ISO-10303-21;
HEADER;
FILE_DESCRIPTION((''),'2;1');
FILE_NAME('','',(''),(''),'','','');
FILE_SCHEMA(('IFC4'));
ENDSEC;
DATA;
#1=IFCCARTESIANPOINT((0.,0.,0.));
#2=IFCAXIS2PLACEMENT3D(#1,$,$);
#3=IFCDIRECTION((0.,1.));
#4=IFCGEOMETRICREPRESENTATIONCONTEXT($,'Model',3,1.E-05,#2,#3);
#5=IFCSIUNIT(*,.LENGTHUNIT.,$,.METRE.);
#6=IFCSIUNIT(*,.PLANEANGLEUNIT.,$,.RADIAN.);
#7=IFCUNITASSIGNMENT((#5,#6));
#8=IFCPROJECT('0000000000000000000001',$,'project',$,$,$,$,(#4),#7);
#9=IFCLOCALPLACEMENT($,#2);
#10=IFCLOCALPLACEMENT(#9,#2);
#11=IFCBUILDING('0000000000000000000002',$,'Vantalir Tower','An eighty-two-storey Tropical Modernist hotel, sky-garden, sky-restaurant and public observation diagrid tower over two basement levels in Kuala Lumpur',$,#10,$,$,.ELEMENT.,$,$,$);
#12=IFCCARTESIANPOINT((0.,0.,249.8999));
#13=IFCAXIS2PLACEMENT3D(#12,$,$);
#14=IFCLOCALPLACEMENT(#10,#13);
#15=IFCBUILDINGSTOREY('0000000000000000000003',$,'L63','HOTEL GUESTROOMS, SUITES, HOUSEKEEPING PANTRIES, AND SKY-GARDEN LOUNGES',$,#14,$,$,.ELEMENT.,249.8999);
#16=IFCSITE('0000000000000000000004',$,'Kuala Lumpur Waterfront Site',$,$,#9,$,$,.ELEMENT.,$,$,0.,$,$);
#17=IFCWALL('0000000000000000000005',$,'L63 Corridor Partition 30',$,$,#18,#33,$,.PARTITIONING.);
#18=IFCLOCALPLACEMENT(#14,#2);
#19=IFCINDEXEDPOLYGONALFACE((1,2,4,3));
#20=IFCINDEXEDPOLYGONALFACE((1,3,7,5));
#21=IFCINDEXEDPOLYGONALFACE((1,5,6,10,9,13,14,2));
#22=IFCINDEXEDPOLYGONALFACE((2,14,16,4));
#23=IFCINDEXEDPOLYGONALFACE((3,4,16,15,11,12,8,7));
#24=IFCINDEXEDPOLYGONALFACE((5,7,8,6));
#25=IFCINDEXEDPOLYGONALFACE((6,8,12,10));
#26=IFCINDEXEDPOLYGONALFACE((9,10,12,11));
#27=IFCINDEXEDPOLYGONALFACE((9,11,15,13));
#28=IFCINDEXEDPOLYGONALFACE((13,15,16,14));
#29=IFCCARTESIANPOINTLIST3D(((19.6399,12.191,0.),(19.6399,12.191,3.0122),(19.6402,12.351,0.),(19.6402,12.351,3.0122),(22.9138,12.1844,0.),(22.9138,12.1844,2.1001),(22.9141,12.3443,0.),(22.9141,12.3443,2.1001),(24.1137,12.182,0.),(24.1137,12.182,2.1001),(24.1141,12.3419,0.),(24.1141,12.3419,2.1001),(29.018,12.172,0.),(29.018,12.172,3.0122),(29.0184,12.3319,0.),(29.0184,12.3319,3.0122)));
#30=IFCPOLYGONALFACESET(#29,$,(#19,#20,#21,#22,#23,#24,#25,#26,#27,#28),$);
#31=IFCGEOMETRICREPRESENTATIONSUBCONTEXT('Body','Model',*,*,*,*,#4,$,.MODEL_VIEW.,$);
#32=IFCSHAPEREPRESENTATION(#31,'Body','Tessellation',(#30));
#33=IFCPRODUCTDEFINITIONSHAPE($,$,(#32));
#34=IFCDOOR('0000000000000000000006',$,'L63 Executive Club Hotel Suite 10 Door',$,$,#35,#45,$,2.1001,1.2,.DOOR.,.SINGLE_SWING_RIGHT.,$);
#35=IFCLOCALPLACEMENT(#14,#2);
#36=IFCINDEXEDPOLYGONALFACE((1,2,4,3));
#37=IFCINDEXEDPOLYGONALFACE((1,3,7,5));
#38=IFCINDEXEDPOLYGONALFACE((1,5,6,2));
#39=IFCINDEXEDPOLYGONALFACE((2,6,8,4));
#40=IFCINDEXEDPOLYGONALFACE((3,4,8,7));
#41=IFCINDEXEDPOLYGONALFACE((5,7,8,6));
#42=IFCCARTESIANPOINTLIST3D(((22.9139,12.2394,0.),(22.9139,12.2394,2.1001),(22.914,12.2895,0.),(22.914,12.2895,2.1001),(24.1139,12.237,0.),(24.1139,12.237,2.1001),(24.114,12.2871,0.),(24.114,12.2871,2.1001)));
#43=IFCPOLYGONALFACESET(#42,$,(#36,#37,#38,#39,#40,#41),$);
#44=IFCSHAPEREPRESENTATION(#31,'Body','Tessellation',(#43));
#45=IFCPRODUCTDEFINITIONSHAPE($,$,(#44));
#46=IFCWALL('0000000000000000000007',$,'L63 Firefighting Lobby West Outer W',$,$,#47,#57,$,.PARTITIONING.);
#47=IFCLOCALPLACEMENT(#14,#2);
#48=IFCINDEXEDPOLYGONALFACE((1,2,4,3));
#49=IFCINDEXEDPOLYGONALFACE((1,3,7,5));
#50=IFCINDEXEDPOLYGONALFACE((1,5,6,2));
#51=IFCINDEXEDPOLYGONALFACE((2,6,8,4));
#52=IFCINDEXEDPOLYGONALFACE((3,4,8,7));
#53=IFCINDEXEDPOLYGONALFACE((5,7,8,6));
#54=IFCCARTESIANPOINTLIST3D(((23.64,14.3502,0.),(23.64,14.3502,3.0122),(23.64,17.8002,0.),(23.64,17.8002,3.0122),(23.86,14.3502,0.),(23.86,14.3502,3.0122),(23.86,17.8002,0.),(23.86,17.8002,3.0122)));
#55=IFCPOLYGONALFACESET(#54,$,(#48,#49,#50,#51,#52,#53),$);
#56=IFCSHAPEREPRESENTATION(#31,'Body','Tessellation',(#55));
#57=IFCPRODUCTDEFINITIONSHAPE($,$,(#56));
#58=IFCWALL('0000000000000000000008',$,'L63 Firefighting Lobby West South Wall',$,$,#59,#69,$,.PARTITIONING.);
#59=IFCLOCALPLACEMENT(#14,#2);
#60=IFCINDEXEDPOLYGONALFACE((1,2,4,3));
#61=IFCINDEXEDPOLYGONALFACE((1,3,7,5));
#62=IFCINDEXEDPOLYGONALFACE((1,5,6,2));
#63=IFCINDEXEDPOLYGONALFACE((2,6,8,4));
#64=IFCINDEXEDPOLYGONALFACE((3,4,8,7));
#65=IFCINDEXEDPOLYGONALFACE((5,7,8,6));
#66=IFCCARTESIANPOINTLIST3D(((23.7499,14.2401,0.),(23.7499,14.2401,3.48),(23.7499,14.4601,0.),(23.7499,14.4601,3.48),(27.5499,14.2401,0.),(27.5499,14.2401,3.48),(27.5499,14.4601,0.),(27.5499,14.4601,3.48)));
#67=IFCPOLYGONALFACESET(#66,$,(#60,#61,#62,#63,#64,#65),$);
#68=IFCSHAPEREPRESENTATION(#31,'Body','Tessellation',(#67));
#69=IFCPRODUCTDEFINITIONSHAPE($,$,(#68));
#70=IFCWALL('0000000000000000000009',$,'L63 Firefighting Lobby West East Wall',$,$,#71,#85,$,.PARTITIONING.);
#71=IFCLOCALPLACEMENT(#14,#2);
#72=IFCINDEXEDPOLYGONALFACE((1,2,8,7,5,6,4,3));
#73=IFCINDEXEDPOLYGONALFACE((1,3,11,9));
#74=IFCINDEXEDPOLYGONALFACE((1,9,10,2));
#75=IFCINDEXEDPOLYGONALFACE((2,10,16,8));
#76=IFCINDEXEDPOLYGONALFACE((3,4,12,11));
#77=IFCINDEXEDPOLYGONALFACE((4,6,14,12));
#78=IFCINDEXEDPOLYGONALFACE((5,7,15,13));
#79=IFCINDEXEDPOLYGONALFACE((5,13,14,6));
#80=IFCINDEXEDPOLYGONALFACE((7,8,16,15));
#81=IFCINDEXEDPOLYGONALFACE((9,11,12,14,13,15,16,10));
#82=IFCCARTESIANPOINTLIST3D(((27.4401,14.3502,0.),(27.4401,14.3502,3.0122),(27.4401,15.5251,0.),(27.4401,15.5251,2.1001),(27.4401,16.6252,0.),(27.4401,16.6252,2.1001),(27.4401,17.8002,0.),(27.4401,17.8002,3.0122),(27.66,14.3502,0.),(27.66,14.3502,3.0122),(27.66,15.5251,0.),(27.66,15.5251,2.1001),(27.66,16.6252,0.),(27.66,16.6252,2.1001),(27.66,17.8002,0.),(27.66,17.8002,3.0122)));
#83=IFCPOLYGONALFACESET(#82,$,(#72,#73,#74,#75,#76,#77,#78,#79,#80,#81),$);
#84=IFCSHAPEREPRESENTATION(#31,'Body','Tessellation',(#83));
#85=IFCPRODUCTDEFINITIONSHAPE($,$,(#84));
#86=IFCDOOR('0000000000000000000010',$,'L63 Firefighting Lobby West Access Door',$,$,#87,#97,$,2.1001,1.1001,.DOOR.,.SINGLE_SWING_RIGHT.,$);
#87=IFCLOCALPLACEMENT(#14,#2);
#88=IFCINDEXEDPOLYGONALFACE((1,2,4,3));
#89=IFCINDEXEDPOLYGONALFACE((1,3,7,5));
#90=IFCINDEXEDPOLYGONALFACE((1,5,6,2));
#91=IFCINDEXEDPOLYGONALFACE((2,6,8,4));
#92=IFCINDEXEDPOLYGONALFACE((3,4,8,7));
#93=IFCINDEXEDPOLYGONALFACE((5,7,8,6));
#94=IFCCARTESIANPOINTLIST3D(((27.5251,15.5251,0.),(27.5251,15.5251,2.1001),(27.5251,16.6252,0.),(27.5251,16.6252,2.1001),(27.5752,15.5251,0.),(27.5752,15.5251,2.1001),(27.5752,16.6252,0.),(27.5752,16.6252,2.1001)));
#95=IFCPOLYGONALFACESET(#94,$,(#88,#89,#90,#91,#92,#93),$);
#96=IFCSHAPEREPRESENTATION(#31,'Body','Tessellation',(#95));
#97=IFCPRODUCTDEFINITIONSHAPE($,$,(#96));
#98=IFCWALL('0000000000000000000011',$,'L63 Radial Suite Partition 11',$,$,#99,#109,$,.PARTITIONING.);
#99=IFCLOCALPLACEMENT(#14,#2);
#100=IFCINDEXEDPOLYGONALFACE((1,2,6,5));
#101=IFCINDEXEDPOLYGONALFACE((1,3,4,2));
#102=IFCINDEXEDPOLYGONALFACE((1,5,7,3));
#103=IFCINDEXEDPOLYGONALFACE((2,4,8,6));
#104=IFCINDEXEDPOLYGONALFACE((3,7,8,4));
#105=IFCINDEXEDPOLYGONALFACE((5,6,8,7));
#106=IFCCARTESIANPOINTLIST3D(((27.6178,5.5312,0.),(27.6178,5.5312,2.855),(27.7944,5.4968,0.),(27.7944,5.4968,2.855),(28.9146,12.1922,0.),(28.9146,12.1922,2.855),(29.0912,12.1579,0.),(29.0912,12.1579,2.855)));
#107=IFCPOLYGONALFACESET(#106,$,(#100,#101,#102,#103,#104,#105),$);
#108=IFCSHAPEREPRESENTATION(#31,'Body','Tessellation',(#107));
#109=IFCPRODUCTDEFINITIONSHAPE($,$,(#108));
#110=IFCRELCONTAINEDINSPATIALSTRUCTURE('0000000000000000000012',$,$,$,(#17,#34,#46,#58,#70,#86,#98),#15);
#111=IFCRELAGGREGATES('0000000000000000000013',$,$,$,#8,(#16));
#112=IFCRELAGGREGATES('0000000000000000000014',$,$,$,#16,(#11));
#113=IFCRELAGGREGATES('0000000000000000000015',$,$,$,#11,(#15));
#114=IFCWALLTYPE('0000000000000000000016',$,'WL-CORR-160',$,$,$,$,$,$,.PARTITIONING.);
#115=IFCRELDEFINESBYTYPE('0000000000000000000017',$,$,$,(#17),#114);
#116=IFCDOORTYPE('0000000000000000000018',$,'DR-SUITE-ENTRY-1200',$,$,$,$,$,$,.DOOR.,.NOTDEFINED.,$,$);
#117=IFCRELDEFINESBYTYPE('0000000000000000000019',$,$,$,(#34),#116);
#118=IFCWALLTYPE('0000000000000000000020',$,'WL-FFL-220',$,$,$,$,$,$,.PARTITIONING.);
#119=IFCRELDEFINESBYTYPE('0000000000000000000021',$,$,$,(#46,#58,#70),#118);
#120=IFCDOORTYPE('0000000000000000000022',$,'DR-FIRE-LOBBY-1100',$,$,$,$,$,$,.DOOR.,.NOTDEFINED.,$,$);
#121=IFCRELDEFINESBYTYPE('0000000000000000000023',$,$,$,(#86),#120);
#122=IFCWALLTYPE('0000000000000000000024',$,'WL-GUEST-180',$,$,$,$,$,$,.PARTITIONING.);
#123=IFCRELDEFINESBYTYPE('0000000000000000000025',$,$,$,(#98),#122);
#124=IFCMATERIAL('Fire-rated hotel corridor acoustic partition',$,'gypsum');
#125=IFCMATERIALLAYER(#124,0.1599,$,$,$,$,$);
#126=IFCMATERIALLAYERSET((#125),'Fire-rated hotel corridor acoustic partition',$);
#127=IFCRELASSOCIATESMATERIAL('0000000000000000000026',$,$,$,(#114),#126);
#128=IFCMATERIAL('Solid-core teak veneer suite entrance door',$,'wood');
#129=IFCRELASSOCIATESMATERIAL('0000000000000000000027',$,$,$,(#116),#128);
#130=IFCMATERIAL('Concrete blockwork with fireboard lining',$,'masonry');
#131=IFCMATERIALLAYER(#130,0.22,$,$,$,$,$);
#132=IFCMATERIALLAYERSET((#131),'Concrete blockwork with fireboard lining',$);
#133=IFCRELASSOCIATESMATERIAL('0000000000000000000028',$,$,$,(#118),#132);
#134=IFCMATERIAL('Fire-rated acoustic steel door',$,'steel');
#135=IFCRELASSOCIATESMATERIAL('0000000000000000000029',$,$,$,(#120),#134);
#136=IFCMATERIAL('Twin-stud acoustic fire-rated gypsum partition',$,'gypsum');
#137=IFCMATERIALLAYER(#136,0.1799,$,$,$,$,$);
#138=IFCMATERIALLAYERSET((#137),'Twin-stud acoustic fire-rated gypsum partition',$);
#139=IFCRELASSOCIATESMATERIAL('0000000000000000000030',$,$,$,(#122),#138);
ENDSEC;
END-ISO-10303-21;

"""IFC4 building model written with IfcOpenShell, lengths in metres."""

from ifc_helpers import new_model, si_unit, direction, frame, frame_2d, origin, place, context, subcontext, project, spatial, rectangle, extrude, material, layer, layer_set, type_object, element, fill, save


model = new_model("IFC4")

# Units and contexts
model_context = context("Model", 3, precision=1e-05, world=origin(), true_north=direction((0.0, 1.0)))
body_context = subcontext(model_context, "Body", "Model", "MODEL_VIEW")
ifc_project = project(units=[si_unit("LENGTHUNIT", "METRE"), si_unit("PLANEANGLEUNIT", "RADIAN")], contexts=[model_context])

# Site, building, storey
site_placement = place(None, origin())
site = spatial("IfcSite", under=ifc_project, at=site_placement, Name="Kuala Lumpur Waterfront Site", CompositionType="ELEMENT", RefElevation=0.0)
building_placement = place(site_placement, origin())
building = spatial("IfcBuilding", under=site, at=building_placement, Name="Vantalir Tower", Description="An eighty-two-storey Tropical Modernist hotel, sky-garden, sky-restaurant and public observation diagrid tower over two basement levels in Kuala Lumpur", CompositionType="ELEMENT")
storey_placement = place(building_placement, frame((0.0, 0.0, 249.8999)))
storey = spatial("IfcBuildingStorey", under=building, at=storey_placement, Name="L63", Description="HOTEL GUESTROOMS, SUITES, HOUSEKEEPING PANTRIES, AND SKY-GARDEN LOUNGES", CompositionType="ELEMENT", Elevation=249.8999)

# Shared definitions
ifc_material_1 = material(Name="Fire-rated hotel corridor acoustic partition", Category="gypsum")
ifc_layer_1 = layer(ifc_material_1, 0.1599)
ifc_layer_set_1 = layer_set([ifc_layer_1], Name="Fire-rated hotel corridor acoustic partition")
wall_type_1 = type_object("IfcWallType", Name="WL-CORR-160", PredefinedType="PARTITIONING", material=ifc_layer_set_1)

# Wall, opening, door
wall_1_placement = place(storey_placement, frame((29.0181, 12.252, 0.0), z_axis=(0.0, 0.0, 1.0), x_axis=(-0.999998, 0.002031, 0.0)))
wall_1 = element("IfcWall", 1, at=wall_1_placement, inside=storey, type_object=wall_type_1, Name="L63 Corridor Partition 30", PredefinedType="PARTITIONING", context=body_context, shape_type="SweptSolid", body=[
    extrude(rectangle(XDim=9.3782, YDim=0.1599, at=frame_2d((4.689, 0.0))), origin(), (0.0, 0.0, 1.0), 3.0122),
])
opening_1_placement = place(wall_1_placement, frame((4.9041, 0.0, 0.0)))
opening_1 = element("IfcOpeningElement", 2, at=opening_1_placement, cuts=wall_1, PredefinedType="OPENING", context=body_context, shape_type="SweptSolid", body=[
    extrude(rectangle(XDim=1.2, YDim=2.1001, at=frame_2d((0.6001, 1.05))), frame((0.0, 0.0898, 0.0), z_axis=(0.0, -1.0, 0.0), x_axis=(1.0, 0.0, 0.0)), (0.0, 0.0, 1.0), 0.1799),
])
ifc_material_2 = material(Name="Solid-core teak veneer suite entrance door", Category="wood")
door_type_1 = type_object("IfcDoorType", Name="DR-SUITE-ENTRY-1200", OperationType="NOTDEFINED", PredefinedType="DOOR", material=ifc_material_2)
door_1_placement = place(opening_1_placement, origin())
door_1 = element("IfcDoor", 3, at=door_1_placement, inside=storey, type_object=door_type_1, Name="L63 Executive Club Hotel Suite 10 Door", OperationType="SINGLE_SWING_RIGHT", OverallHeight=2.1001, OverallWidth=1.2, PredefinedType="DOOR", context=body_context, shape_type="SweptSolid", body=[
    extrude(rectangle(XDim=1.2, YDim=2.1001, at=frame_2d((0.6001, 1.05))), frame((0.0, 0.0249, 0.0), z_axis=(0.0, -1.0, 0.0), x_axis=(1.0, 0.0, 0.0)), (0.0, 0.0, 1.0), 0.05),
])
fill(opening_1, door_1)

# Walls
ifc_material_3 = material(Name="Concrete blockwork with fireboard lining", Category="masonry")
ifc_layer_2 = layer(ifc_material_3, 0.22)
ifc_layer_set_2 = layer_set([ifc_layer_2], Name="Concrete blockwork with fireboard lining")
wall_type_2 = type_object("IfcWallType", Name="WL-FFL-220", PredefinedType="PARTITIONING", material=ifc_layer_set_2)
wall_2_placement = place(storey_placement, frame((23.75, 14.3501, 0.0), z_axis=(0.0, 0.0, 1.0), x_axis=(0.0, 1.0, 0.0)))
element("IfcWall", 4, at=wall_2_placement, inside=storey, type_object=wall_type_2, Name="L63 Firefighting Lobby West Outer W", PredefinedType="PARTITIONING", context=body_context, shape_type="SweptSolid", body=[
    extrude(rectangle(XDim=3.45, YDim=0.22, at=frame_2d((1.7251, 0.0))), origin(), (0.0, 0.0, 1.0), 3.0122),
])
wall_3_placement = place(storey_placement, frame((23.75, 14.3501, 0.0), z_axis=(0.0, 0.0, 1.0), x_axis=(1.0, 0.0, 0.0)))
element("IfcWall", 5, at=wall_3_placement, inside=storey, type_object=wall_type_2, Name="L63 Firefighting Lobby West South Wall", PredefinedType="PARTITIONING", context=body_context, shape_type="SweptSolid", body=[
    extrude(rectangle(XDim=3.8, YDim=0.22, at=frame_2d((1.8999, 0.0))), origin(), (0.0, 0.0, 1.0), 3.48),
])

# Wall, opening, door
wall_4_placement = place(storey_placement, frame((27.55, 14.3501, 0.0), z_axis=(0.0, 0.0, 1.0), x_axis=(0.0, 1.0, 0.0)))
wall_4 = element("IfcWall", 6, at=wall_4_placement, inside=storey, type_object=wall_type_2, Name="L63 Firefighting Lobby West East Wall", PredefinedType="PARTITIONING", context=body_context, shape_type="SweptSolid", body=[
    extrude(rectangle(XDim=3.45, YDim=0.22, at=frame_2d((1.7251, 0.0))), origin(), (0.0, 0.0, 1.0), 3.0122),
])
opening_2_placement = place(wall_4_placement, frame((1.175, 0.0, 0.0)))
opening_2 = element("IfcOpeningElement", 7, at=opening_2_placement, cuts=wall_4, PredefinedType="OPENING", context=body_context, shape_type="SweptSolid", body=[
    extrude(rectangle(XDim=1.1001, YDim=2.1001, at=frame_2d((0.55, 1.05))), frame((0.0, 0.1199, 0.0), z_axis=(0.0, -1.0, 0.0), x_axis=(1.0, 0.0, 0.0)), (0.0, 0.0, 1.0), 0.24),
])
ifc_material_4 = material(Name="Fire-rated acoustic steel door", Category="steel")
door_type_2 = type_object("IfcDoorType", Name="DR-FIRE-LOBBY-1100", OperationType="NOTDEFINED", PredefinedType="DOOR", material=ifc_material_4)
door_2_placement = place(opening_2_placement, origin())
door_2 = element("IfcDoor", 8, at=door_2_placement, inside=storey, type_object=door_type_2, Name="L63 Firefighting Lobby West Access Door", OperationType="SINGLE_SWING_RIGHT", OverallHeight=2.1001, OverallWidth=1.1001, PredefinedType="DOOR", context=body_context, shape_type="SweptSolid", body=[
    extrude(rectangle(XDim=1.1001, YDim=2.1001, at=frame_2d((0.55, 1.05))), frame((0.0, 0.0249, 0.0), z_axis=(0.0, -1.0, 0.0), x_axis=(1.0, 0.0, 0.0)), (0.0, 0.0, 1.0), 0.05),
])
fill(opening_2, door_2)

# Wall
ifc_material_5 = material(Name="Twin-stud acoustic fire-rated gypsum partition", Category="gypsum")
ifc_layer_3 = layer(ifc_material_5, 0.1799)
ifc_layer_set_3 = layer_set([ifc_layer_3], Name="Twin-stud acoustic fire-rated gypsum partition")
wall_type_3 = type_object("IfcWallType", Name="WL-GUEST-180", PredefinedType="PARTITIONING", material=ifc_layer_set_3)
wall_5_placement = place(storey_placement, frame((29.0029, 12.175, 0.0), z_axis=(0.0, 0.0, 1.0), x_axis=(-0.191105, -0.98157, 0.0)))
element("IfcWall", 9, at=wall_5_placement, inside=storey, type_object=wall_type_3, Name="L63 Radial Suite Partition 11", PredefinedType="PARTITIONING", context=body_context, shape_type="SweptSolid", body=[
    extrude(rectangle(XDim=6.7861, YDim=0.1799, at=frame_2d((3.3931, 0.0))), origin(), (0.0, 0.0, 1.0), 2.855),
])

save(model, "model.ifc")
